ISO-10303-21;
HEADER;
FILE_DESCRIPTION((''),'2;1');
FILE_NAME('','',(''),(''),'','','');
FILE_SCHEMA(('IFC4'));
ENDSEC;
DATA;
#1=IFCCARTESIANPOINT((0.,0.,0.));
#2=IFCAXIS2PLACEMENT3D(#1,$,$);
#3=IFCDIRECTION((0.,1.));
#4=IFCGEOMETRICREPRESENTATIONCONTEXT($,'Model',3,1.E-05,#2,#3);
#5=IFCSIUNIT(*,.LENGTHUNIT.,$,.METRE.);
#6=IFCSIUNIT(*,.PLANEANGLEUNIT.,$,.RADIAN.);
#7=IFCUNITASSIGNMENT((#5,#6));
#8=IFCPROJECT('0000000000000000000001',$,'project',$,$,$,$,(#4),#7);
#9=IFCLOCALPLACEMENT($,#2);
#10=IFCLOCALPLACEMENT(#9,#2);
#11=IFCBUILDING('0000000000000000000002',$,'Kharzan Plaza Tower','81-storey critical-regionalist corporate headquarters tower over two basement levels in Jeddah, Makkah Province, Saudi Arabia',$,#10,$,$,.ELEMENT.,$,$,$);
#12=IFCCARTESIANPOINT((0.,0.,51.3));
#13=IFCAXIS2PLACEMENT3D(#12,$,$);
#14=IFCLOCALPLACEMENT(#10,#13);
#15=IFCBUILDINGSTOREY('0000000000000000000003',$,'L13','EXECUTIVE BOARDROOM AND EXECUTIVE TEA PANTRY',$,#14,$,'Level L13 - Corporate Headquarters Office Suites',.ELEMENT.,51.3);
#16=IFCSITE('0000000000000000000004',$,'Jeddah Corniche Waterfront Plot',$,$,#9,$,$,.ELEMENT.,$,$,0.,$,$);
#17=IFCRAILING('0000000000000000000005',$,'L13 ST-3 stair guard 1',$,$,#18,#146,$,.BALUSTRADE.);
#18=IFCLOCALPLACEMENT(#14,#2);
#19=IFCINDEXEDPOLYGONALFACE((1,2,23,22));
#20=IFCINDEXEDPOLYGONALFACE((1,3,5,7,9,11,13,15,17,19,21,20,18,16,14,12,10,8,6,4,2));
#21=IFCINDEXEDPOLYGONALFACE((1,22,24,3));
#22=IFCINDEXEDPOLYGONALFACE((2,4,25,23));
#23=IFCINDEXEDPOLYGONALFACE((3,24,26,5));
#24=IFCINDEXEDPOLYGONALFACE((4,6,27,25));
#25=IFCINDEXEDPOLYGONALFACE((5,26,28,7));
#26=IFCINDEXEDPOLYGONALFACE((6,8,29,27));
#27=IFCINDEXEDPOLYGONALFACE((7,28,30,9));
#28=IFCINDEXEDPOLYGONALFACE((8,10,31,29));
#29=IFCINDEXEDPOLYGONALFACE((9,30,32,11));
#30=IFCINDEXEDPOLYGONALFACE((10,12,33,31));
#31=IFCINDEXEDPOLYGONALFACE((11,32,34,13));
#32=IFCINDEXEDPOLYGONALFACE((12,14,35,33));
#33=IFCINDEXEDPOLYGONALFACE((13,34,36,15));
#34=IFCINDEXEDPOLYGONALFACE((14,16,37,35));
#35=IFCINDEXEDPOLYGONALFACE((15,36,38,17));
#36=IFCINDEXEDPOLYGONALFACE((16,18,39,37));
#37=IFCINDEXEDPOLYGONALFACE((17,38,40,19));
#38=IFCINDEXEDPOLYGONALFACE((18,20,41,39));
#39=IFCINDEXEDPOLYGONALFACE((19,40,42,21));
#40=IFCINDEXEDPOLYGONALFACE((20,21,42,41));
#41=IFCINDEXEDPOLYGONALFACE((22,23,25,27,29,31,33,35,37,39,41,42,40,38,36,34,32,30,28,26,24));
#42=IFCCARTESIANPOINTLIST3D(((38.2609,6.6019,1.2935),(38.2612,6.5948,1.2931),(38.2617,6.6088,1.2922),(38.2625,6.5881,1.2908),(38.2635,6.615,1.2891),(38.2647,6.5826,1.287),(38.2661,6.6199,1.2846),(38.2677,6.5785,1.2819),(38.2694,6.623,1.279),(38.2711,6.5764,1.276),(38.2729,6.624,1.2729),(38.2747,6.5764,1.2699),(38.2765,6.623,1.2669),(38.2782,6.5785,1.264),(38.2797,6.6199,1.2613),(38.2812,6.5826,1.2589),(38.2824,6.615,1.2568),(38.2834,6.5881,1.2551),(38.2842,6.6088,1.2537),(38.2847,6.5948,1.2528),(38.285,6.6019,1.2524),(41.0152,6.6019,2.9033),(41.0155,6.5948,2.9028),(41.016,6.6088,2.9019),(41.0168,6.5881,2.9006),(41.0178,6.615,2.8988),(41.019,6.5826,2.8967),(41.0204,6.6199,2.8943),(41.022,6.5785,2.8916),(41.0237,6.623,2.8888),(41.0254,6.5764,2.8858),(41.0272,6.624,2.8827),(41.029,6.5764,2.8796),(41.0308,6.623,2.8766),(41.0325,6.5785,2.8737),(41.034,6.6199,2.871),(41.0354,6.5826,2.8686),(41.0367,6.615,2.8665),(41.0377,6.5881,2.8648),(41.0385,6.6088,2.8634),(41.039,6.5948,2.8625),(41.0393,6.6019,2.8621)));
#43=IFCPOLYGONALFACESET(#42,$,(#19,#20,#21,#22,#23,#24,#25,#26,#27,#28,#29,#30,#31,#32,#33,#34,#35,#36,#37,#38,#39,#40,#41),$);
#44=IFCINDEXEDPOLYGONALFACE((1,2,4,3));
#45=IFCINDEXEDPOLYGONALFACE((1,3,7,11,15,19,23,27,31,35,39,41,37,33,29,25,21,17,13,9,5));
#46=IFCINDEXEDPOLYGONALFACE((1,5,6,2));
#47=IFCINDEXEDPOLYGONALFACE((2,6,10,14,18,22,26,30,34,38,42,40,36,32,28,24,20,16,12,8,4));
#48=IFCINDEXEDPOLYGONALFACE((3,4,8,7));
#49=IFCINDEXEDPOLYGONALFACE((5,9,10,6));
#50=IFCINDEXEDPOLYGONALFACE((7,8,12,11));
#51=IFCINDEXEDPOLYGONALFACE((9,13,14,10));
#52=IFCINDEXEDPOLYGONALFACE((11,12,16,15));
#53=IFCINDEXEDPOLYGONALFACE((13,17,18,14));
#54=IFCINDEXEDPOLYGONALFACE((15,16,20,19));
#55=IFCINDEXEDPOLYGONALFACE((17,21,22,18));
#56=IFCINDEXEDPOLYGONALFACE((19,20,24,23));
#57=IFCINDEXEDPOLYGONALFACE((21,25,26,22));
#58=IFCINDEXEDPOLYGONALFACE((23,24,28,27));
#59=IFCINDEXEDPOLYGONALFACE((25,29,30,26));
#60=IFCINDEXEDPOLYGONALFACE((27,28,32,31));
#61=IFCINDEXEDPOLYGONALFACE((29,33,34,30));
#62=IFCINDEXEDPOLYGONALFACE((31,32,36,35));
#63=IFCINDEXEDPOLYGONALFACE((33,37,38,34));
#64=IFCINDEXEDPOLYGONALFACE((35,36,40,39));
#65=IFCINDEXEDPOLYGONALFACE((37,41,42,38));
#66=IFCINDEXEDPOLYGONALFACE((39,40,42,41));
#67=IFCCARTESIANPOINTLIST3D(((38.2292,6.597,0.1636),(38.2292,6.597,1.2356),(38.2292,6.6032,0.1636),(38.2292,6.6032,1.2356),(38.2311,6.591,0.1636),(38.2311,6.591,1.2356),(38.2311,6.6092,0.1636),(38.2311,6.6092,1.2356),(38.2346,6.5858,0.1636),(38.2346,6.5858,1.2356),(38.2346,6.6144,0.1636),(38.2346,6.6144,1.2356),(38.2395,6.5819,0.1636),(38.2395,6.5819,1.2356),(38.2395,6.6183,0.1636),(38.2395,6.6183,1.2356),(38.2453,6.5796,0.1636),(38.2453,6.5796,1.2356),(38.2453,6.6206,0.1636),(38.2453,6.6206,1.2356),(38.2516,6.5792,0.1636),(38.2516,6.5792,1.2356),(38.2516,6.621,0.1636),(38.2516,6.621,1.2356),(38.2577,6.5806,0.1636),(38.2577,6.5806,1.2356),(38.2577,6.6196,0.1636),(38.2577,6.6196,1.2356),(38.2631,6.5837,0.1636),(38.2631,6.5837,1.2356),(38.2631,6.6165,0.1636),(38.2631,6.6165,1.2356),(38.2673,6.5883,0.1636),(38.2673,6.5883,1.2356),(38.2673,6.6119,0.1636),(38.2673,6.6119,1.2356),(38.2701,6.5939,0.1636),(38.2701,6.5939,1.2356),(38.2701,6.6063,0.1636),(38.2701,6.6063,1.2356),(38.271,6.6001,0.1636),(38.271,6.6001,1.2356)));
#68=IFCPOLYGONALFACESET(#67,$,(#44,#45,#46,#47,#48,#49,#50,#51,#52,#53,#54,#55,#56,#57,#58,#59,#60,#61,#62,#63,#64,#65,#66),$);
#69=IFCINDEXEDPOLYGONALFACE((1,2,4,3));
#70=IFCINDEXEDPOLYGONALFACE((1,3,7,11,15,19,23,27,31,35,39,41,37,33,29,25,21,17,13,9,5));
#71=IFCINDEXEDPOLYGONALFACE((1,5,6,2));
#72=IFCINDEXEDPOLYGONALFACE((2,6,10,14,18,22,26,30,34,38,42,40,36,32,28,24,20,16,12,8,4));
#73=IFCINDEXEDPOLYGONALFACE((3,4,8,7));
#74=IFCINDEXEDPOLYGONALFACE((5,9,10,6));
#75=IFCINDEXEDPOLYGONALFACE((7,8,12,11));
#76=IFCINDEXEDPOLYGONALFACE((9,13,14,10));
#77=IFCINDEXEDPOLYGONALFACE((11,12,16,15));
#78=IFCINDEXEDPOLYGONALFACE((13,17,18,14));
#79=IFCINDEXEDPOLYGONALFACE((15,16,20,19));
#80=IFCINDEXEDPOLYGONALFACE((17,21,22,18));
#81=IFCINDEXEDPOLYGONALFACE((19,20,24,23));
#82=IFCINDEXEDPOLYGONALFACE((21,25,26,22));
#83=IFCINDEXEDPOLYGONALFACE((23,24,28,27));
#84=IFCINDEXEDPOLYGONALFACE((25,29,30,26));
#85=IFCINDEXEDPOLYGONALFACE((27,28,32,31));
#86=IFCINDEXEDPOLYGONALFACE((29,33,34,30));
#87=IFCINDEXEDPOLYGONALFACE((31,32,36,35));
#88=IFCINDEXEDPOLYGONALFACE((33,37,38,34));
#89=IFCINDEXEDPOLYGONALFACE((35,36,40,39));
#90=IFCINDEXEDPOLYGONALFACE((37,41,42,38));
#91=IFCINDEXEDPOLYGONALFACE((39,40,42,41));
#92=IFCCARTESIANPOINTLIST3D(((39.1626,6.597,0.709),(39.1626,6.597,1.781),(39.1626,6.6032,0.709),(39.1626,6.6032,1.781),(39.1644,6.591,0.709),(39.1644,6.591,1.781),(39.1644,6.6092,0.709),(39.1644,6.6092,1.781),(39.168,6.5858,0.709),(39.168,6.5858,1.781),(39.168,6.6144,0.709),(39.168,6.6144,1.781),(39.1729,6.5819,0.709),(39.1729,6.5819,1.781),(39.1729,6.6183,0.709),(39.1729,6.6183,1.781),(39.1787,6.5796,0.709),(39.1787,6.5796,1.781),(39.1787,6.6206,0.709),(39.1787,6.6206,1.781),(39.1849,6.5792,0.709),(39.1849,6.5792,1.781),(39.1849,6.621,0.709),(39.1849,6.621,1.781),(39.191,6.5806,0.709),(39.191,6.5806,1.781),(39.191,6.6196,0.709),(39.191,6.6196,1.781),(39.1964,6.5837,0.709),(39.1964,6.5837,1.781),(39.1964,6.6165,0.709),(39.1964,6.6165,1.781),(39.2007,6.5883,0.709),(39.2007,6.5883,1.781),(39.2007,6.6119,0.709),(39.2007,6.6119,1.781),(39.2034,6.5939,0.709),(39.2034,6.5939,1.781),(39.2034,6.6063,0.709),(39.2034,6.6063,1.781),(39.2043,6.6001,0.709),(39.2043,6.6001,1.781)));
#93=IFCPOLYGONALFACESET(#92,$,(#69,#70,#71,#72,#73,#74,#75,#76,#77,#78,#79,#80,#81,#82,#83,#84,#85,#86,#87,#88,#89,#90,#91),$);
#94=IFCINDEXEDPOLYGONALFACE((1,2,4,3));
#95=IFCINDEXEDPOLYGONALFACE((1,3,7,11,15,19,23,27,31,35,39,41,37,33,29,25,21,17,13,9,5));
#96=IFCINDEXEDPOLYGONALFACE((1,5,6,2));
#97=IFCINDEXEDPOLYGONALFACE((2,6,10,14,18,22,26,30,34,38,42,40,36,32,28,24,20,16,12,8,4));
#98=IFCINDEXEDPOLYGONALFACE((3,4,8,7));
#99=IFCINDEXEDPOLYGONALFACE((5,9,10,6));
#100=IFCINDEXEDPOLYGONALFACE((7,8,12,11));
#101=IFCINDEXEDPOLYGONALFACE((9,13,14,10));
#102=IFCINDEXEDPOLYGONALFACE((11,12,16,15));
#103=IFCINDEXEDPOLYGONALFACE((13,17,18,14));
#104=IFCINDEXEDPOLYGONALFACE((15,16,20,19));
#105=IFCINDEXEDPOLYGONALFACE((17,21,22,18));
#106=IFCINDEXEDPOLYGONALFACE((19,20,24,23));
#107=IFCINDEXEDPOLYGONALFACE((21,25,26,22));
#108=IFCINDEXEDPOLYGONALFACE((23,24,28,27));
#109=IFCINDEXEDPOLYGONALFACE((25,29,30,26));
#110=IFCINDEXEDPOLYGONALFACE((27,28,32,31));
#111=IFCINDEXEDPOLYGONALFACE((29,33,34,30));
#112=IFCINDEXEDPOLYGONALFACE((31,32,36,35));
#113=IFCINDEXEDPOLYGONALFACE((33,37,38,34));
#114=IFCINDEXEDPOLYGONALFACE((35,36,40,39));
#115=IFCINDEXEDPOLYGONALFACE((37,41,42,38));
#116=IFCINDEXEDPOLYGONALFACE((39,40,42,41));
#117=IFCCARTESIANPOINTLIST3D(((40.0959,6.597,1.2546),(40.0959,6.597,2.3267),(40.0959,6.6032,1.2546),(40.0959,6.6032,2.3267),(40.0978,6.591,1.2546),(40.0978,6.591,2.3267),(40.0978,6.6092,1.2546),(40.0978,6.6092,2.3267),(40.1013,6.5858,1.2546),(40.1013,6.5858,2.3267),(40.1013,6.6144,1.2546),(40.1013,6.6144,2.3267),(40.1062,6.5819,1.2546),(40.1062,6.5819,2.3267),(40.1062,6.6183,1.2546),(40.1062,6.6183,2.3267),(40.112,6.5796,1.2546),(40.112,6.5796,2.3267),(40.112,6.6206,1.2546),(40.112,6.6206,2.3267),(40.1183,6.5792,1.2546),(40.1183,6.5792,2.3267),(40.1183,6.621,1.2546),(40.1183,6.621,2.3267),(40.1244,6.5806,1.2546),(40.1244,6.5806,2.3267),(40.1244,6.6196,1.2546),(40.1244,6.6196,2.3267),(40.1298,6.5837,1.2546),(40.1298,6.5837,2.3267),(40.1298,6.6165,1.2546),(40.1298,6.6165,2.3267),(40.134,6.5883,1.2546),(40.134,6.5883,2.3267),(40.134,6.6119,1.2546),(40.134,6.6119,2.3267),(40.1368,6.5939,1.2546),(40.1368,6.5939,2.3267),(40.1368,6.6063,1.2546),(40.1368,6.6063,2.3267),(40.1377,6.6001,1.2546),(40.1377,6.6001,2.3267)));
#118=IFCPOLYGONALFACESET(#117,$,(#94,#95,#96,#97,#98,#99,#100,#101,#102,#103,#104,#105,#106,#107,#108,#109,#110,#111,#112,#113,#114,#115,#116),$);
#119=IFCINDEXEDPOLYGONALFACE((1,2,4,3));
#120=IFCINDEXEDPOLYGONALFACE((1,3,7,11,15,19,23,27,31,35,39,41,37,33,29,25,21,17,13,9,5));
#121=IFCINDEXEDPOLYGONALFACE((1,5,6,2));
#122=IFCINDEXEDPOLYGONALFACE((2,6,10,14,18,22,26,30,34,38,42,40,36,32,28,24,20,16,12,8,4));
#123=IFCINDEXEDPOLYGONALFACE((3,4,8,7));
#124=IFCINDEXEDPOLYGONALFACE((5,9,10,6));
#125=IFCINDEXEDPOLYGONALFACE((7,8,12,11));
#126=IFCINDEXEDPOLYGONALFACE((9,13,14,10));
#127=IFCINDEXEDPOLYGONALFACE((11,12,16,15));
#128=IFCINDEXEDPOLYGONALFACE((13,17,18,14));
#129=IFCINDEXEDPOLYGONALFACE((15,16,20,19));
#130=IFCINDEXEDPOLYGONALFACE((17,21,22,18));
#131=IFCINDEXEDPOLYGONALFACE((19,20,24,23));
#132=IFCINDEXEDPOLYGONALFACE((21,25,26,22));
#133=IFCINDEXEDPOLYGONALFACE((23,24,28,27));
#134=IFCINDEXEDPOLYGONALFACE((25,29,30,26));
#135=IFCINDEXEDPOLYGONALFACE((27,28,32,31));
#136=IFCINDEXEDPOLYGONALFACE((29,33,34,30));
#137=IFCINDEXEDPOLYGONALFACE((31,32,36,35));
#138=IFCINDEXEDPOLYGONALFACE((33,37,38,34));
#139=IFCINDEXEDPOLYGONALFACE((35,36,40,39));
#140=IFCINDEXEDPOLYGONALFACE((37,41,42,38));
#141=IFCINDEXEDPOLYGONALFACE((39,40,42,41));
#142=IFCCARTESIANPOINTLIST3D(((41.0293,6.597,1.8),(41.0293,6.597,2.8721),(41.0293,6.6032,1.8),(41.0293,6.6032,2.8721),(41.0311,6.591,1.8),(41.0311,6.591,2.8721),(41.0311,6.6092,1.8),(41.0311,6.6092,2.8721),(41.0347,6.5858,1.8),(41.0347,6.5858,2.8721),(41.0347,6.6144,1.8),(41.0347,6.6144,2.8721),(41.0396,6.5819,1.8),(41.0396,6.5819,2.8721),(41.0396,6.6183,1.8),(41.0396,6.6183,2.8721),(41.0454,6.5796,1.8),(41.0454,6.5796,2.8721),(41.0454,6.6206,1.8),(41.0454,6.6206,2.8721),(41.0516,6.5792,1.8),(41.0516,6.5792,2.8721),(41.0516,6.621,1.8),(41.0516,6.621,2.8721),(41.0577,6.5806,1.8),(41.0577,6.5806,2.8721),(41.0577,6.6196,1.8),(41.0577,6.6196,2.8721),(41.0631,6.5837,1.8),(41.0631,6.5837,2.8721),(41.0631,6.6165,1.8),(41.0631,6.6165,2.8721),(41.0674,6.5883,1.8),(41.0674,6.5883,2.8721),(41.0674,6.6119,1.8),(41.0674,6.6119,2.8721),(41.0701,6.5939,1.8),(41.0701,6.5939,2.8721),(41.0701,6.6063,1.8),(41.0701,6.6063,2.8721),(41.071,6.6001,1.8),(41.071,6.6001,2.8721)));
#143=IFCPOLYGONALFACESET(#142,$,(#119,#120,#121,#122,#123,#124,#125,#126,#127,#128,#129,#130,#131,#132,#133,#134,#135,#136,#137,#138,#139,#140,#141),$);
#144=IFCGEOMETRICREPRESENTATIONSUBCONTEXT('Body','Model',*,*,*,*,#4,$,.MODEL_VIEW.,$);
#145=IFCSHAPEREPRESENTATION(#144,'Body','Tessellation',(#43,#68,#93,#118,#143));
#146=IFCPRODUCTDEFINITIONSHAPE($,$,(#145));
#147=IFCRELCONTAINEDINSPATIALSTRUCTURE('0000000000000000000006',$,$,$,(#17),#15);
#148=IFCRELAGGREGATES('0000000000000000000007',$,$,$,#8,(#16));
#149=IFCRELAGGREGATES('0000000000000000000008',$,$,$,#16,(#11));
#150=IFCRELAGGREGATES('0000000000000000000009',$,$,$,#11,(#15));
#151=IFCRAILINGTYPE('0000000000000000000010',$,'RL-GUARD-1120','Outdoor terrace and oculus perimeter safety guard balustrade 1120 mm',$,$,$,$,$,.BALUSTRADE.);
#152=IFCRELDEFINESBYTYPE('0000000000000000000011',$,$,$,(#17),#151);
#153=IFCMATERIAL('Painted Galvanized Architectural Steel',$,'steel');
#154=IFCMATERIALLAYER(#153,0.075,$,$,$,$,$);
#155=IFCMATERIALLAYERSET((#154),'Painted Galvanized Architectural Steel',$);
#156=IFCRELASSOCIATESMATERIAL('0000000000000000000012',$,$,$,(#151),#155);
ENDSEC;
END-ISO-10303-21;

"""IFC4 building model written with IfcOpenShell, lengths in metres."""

from ifc_helpers import new_model, si_unit, direction, frame, origin, origin_2d, place, context, subcontext, project, spatial, circle, extrude, source, transform, mapped, material, layer, layer_set, type_object, element, save


model = new_model("IFC4")

# Units and contexts
model_context = context("Model", 3, precision=1e-05, world=origin(), true_north=direction((0.0, 1.0)))
body_context = subcontext(model_context, "Body", "Model", "MODEL_VIEW")
ifc_project = project(units=[si_unit("LENGTHUNIT", "METRE"), si_unit("PLANEANGLEUNIT", "RADIAN")], contexts=[model_context])

# Site, building, storey
site_placement = place(None, origin())
site = spatial("IfcSite", under=ifc_project, at=site_placement, Name="Jeddah Corniche Waterfront Plot", CompositionType="ELEMENT", RefElevation=0.0)
building_placement = place(site_placement, origin())
building = spatial("IfcBuilding", under=site, at=building_placement, Name="Kharzan Plaza Tower", Description="81-storey critical-regionalist corporate headquarters tower over two basement levels in Jeddah, Makkah Province, Saudi Arabia", CompositionType="ELEMENT")
storey_placement = place(building_placement, frame((0.0, 0.0, 51.3)))
storey = spatial("IfcBuildingStorey", under=building, at=storey_placement, Name="L13", Description="EXECUTIVE BOARDROOM AND EXECUTIVE TEA PANTRY", LongName="Level L13 - Corporate Headquarters Office Suites", CompositionType="ELEMENT", Elevation=51.3)

# Railing
ifc_material_1 = material(Name="Painted Galvanized Architectural Steel", Category="steel")
ifc_layer_1 = layer(ifc_material_1, 0.075)
ifc_layer_set_1 = layer_set([ifc_layer_1], Name="Painted Galvanized Architectural Steel")
railing_type_1 = type_object("IfcRailingType", Name="RL-GUARD-1120", Description="Outdoor terrace and oculus perimeter safety guard balustrade 1120 mm", PredefinedType="BALUSTRADE", material=ifc_layer_set_1)
shared_shape_1 = source(origin(), body_context, "Body", "SweptSolid", [
    extrude(circle(Radius=0.0239, at=origin_2d()), frame((0.0229, 0.0, 1.1094), z_axis=(0.863361, 0.0, 0.504587), x_axis=(0.0, 1.0, 0.0)), (0.0, 0.0, 1.0), 3.1902),
    extrude(circle(Radius=0.021, at=origin_2d()), origin(), (0.0, 0.0, 1.0), 1.072),
    extrude(circle(Radius=0.021, at=origin_2d()), frame((0.9333, 0.0, 0.5454)), (0.0, 0.0, 1.0), 1.072),
    extrude(circle(Radius=0.021, at=origin_2d()), frame((1.8667, 0.0, 1.0911)), (0.0, 0.0, 1.0), 1.072),
    extrude(circle(Radius=0.021, at=origin_2d()), frame((2.8, 0.0, 1.6365)), (0.0, 0.0, 1.0), 1.072),
])
railing_1_placement = place(storey_placement, frame((38.25, 6.6001, 0.1636)))
element("IfcRailing", 1, at=railing_1_placement, inside=storey, type_object=railing_type_1, Name="L13 ST-3 stair guard 1", PredefinedType="BALUSTRADE", context=body_context, shape_type="MappedRepresentation", body=[
    mapped(shared_shape_1, transform((0.0, 0.0, 0.0), x_axis=(1.0, 0.0, 0.0), y_axis=(0.0, 1.0, 0.0), z_axis=(0.0, 0.0, 1.0))),
])

save(model, "model.ifc")
